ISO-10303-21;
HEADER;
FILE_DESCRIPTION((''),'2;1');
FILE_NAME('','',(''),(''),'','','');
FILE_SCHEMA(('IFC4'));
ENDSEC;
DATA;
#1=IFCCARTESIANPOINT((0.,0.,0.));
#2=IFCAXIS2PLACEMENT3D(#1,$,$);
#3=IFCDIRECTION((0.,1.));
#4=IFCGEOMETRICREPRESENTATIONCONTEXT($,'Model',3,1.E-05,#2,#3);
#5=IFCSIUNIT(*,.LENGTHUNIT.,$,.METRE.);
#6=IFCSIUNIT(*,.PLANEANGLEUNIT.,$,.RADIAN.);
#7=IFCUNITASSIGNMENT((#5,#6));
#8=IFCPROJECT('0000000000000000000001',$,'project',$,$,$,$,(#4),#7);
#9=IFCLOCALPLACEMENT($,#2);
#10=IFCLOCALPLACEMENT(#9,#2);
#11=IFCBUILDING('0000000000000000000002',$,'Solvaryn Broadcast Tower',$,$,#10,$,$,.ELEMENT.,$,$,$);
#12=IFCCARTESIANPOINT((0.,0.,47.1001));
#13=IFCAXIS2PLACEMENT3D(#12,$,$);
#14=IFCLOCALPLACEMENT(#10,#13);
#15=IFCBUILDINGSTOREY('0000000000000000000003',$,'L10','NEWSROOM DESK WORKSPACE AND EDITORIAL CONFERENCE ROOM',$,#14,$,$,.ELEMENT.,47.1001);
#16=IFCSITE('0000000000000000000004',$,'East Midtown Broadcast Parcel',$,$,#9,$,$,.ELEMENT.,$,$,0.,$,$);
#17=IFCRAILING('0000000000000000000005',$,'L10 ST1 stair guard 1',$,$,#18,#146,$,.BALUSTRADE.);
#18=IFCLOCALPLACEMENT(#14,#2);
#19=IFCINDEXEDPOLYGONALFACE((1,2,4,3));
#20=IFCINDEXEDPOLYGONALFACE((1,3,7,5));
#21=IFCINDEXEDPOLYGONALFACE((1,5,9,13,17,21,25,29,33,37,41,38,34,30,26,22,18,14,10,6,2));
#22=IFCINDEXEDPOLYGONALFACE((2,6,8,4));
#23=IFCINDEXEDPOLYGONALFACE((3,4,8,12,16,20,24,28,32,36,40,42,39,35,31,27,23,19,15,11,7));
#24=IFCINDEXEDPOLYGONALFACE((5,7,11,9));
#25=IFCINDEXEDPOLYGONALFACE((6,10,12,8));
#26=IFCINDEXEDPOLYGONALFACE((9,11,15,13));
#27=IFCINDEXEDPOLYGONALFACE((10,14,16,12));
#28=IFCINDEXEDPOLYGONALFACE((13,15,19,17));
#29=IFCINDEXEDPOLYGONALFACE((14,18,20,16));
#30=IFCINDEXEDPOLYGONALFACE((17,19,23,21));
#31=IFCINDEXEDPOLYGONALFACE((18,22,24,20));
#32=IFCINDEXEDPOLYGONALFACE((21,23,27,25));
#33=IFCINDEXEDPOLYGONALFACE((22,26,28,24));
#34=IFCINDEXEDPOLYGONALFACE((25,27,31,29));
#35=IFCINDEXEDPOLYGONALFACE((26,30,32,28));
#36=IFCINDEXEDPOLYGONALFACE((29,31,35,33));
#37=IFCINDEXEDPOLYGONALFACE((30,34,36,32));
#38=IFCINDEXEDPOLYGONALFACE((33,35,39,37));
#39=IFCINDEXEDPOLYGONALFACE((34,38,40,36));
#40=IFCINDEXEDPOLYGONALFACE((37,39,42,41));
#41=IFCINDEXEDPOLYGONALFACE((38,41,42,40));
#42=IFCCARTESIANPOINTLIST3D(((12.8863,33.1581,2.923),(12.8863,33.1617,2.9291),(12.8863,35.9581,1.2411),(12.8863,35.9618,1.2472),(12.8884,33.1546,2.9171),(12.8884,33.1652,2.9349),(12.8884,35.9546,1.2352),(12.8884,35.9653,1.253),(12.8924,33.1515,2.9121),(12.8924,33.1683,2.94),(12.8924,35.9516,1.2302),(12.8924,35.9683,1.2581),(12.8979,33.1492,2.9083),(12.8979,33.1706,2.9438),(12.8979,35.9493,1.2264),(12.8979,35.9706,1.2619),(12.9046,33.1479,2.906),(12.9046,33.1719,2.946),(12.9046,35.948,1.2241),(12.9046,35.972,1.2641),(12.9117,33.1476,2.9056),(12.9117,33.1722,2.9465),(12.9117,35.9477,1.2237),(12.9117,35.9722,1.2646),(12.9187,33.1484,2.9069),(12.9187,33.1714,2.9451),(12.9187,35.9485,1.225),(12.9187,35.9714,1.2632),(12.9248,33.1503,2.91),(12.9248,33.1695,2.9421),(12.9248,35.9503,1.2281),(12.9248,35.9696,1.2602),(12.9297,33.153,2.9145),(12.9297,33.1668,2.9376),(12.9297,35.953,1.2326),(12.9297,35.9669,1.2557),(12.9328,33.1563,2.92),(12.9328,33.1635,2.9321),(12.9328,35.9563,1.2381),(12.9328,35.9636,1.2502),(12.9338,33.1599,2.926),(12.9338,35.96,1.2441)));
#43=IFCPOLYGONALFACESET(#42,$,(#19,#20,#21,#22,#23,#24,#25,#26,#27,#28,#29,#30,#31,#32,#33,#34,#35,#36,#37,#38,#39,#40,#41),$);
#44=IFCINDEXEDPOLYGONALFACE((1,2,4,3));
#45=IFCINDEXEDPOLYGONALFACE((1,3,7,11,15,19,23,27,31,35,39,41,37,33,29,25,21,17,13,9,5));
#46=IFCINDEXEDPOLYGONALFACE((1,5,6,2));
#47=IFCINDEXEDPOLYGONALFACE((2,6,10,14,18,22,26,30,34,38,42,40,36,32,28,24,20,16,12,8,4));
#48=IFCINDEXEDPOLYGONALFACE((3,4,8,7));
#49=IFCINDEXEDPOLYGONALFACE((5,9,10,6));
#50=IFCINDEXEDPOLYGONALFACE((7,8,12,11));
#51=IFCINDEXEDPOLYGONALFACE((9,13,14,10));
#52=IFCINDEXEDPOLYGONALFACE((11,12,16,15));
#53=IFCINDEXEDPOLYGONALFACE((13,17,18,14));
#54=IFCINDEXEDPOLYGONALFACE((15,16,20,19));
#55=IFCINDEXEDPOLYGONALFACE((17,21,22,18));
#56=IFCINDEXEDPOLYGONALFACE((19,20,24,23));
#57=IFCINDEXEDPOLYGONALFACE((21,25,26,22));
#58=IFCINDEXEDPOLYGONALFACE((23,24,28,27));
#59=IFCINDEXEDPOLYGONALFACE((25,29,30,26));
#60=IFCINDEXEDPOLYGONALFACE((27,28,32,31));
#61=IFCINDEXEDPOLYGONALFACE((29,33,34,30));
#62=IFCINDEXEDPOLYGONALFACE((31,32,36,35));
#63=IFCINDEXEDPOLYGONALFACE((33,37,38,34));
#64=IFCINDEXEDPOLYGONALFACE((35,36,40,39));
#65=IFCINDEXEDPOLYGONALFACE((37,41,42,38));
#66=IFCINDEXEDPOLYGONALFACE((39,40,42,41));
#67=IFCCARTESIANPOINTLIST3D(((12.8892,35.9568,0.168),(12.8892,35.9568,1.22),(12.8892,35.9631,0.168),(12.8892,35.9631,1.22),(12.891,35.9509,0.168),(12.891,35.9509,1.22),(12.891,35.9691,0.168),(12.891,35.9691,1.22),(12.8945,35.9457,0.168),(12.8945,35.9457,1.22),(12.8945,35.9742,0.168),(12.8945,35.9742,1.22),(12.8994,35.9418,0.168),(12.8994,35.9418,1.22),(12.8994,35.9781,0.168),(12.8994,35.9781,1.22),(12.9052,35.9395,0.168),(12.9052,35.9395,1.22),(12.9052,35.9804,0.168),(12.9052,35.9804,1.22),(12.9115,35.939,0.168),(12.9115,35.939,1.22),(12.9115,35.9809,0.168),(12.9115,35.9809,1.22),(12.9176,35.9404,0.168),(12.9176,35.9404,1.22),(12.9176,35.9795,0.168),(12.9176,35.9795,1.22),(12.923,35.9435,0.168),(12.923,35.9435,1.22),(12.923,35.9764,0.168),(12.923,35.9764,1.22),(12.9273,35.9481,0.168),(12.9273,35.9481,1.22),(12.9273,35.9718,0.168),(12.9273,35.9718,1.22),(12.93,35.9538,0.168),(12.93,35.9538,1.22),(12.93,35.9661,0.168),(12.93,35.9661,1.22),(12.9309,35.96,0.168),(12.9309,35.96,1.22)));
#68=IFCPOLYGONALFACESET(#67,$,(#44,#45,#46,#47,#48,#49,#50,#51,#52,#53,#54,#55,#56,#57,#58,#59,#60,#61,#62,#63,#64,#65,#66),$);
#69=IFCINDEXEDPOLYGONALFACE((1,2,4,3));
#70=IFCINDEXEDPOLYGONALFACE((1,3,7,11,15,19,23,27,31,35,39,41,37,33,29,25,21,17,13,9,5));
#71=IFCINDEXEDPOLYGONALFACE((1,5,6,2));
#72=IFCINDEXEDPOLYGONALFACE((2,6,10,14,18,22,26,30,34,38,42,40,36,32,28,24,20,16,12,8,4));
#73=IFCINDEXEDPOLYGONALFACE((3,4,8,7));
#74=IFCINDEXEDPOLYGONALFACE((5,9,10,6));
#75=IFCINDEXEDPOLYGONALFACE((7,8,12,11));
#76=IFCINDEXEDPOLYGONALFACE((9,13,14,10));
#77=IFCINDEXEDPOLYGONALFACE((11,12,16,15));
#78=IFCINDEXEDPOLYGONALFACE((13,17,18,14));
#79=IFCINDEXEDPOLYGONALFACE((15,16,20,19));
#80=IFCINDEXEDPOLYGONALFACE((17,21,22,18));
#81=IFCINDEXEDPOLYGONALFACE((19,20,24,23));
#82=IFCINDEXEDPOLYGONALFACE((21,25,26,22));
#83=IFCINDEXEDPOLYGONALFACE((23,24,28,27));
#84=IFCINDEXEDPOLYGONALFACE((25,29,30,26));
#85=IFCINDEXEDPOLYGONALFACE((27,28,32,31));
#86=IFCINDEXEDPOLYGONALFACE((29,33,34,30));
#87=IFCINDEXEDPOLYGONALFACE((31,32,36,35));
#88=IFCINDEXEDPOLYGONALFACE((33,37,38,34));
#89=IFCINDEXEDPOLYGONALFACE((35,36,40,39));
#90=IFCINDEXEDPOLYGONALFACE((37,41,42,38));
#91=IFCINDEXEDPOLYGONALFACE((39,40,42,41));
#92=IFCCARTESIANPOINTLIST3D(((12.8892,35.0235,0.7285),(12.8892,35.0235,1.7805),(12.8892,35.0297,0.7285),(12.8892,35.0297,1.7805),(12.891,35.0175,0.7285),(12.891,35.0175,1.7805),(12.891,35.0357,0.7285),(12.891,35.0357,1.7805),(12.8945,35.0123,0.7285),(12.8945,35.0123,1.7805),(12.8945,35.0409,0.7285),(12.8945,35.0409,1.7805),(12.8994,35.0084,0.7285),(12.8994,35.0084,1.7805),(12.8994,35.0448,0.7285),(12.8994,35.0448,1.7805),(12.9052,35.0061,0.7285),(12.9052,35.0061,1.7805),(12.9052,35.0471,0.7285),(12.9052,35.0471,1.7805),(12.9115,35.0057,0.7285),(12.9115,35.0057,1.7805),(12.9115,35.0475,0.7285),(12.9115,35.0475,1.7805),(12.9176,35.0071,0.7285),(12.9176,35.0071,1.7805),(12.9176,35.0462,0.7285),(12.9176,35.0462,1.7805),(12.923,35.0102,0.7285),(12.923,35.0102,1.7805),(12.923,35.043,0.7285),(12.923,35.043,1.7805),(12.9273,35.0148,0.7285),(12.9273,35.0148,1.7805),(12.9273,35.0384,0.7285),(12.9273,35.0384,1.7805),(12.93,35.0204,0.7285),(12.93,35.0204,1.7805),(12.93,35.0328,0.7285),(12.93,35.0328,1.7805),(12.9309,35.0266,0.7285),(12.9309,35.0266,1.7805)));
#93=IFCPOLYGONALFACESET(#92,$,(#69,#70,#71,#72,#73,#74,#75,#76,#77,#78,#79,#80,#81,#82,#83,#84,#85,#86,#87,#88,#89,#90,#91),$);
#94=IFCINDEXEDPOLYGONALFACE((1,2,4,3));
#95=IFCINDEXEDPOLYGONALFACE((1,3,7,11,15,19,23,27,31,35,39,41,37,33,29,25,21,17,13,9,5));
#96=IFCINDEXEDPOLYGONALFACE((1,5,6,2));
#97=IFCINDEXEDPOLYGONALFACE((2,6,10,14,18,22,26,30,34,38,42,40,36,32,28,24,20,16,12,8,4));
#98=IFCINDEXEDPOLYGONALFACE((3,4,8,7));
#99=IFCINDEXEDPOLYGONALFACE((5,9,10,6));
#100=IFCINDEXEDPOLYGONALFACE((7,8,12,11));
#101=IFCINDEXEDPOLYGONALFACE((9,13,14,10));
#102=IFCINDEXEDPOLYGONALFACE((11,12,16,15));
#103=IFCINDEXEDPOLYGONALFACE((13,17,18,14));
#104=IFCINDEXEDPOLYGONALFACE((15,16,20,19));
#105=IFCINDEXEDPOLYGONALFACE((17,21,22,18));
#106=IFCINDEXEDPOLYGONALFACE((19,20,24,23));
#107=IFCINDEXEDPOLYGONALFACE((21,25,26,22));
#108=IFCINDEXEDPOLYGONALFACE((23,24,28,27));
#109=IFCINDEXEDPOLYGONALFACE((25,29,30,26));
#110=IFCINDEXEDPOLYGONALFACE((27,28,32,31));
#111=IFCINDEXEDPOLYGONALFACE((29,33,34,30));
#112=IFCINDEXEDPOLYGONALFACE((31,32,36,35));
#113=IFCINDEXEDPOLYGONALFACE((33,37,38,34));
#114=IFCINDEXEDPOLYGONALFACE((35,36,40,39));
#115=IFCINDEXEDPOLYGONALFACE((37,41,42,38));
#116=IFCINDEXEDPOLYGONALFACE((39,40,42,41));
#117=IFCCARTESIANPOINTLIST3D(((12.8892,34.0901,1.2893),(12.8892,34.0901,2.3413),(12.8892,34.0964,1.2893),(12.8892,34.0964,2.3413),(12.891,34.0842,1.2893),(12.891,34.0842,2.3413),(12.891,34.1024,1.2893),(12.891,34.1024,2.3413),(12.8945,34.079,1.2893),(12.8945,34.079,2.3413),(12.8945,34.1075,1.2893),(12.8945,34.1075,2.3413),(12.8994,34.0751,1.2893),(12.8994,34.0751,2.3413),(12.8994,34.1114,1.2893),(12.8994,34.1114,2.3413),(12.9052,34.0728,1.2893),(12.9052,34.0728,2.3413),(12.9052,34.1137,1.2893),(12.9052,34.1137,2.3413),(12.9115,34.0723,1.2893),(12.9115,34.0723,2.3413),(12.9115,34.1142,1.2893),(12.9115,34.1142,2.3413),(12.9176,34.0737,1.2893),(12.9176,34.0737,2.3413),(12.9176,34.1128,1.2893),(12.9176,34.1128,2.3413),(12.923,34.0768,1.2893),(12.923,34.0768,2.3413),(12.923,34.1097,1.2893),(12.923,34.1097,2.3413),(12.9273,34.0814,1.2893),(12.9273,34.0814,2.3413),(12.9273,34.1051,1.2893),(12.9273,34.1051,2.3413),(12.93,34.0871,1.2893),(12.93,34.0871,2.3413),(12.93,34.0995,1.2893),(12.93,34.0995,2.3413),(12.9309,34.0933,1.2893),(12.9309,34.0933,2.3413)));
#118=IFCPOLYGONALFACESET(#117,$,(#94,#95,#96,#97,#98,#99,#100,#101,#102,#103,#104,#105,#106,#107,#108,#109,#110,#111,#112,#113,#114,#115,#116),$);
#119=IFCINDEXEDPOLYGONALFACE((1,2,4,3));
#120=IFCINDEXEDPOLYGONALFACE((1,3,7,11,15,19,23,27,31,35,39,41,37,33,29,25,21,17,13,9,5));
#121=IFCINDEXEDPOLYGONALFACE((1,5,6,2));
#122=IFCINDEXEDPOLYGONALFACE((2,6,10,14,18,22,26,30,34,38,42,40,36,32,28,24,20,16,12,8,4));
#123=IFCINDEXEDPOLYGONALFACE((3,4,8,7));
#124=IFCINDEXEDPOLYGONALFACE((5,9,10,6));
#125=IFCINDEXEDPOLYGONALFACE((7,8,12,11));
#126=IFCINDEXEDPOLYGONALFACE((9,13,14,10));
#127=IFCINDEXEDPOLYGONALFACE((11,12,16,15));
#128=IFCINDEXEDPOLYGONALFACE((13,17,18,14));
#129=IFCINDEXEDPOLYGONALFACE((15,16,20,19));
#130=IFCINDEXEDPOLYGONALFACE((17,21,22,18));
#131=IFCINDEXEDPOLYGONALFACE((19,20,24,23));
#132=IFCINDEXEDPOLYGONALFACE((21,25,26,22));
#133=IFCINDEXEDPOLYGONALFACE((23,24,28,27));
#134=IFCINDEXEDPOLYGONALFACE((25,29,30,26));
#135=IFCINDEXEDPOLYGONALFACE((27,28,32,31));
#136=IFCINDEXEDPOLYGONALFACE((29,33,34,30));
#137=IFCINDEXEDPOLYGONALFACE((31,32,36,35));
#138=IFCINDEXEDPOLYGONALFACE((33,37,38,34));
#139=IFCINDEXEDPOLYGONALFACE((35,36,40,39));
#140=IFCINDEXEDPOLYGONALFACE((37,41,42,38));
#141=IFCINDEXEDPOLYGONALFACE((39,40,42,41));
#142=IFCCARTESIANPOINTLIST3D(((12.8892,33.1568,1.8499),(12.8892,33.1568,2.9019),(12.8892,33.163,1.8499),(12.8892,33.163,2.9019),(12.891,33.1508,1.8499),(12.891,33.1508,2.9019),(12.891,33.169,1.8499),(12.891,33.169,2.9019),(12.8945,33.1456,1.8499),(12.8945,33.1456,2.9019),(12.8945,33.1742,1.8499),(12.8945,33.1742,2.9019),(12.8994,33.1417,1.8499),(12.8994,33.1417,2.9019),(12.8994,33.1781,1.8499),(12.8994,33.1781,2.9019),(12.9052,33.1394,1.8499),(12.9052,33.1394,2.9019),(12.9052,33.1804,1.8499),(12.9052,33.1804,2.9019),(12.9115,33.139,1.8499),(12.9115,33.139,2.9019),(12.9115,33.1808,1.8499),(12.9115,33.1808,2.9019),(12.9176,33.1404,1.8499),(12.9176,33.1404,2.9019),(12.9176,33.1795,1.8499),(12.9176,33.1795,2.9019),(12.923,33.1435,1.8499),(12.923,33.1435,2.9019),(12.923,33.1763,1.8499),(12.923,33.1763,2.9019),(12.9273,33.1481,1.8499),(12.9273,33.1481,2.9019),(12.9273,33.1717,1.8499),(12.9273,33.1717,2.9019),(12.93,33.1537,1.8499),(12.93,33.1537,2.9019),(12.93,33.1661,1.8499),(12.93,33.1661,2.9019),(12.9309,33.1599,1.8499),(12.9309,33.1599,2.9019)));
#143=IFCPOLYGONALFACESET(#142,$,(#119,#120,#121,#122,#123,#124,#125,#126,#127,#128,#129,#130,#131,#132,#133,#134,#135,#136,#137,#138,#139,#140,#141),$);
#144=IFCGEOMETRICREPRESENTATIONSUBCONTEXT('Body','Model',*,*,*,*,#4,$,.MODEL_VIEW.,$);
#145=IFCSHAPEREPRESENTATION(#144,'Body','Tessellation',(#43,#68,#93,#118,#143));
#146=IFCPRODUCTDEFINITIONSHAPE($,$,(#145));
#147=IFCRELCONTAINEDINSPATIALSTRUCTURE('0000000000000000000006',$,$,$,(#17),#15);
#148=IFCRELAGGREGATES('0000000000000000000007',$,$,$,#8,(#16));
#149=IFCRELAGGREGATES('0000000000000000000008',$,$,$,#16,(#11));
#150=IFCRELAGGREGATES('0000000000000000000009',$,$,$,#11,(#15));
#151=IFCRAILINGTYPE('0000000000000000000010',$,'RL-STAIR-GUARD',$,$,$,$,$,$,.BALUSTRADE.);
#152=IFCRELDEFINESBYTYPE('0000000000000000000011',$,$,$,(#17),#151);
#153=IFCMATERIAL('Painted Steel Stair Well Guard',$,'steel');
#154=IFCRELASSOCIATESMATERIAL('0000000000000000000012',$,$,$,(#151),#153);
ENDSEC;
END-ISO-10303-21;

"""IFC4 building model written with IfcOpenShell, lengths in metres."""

from ifc_helpers import new_model, si_unit, direction, frame, origin, origin_2d, place, context, subcontext, project, spatial, circle, extrude, material, type_object, element, save


model = new_model("IFC4")

# Units and contexts
model_context = context("Model", 3, precision=1e-05, world=origin(), true_north=direction((0.0, 1.0)))
body_context = subcontext(model_context, "Body", "Model", "MODEL_VIEW")
ifc_project = project(units=[si_unit("LENGTHUNIT", "METRE"), si_unit("PLANEANGLEUNIT", "RADIAN")], contexts=[model_context])

# Site, building, storey
site_placement = place(None, origin())
site = spatial("IfcSite", under=ifc_project, at=site_placement, Name="East Midtown Broadcast Parcel", CompositionType="ELEMENT", RefElevation=0.0)
building_placement = place(site_placement, origin())
building = spatial("IfcBuilding", under=site, at=building_placement, Name="Solvaryn Broadcast Tower", CompositionType="ELEMENT")
storey_placement = place(building_placement, frame((0.0, 0.0, 47.1001)))
storey = spatial("IfcBuildingStorey", under=building, at=storey_placement, Name="L10", Description="NEWSROOM DESK WORKSPACE AND EDITORIAL CONFERENCE ROOM", CompositionType="ELEMENT", Elevation=47.1001)

# Railing
ifc_material_1 = material(Name="Painted Steel Stair Well Guard", Category="steel")
railing_type_1 = type_object("IfcRailingType", Name="RL-STAIR-GUARD", PredefinedType="BALUSTRADE", material=ifc_material_1)
railing_1_placement = place(storey_placement, frame((12.9099, 35.96, 0.168)))
element("IfcRailing", 1, at=railing_1_placement, inside=storey, type_object=railing_type_1, Name="L10 ST1 stair guard 1", PredefinedType="BALUSTRADE", context=body_context, shape_type="SweptSolid", body=[
    extrude(circle(Radius=0.0239, at=origin_2d()), frame((0.0, 0.0, 1.0762), z_axis=(0.0, -0.857242, 0.514913), x_axis=(1.0, 0.0, 0.0)), (0.0, 0.0, 1.0), 3.2664),
    extrude(circle(Radius=0.021, at=origin_2d()), origin(), (0.0, 0.0, 1.0), 1.052),
    extrude(circle(Radius=0.021, at=origin_2d()), frame((0.0, -0.9333, 0.5605)), (0.0, 0.0, 1.0), 1.052),
    extrude(circle(Radius=0.021, at=origin_2d()), frame((0.0, -1.8667, 1.1213)), (0.0, 0.0, 1.0), 1.052),
    extrude(circle(Radius=0.021, at=origin_2d()), frame((0.0, -2.8, 1.6819)), (0.0, 0.0, 1.0), 1.052),
])

save(model, "model.ifc")
